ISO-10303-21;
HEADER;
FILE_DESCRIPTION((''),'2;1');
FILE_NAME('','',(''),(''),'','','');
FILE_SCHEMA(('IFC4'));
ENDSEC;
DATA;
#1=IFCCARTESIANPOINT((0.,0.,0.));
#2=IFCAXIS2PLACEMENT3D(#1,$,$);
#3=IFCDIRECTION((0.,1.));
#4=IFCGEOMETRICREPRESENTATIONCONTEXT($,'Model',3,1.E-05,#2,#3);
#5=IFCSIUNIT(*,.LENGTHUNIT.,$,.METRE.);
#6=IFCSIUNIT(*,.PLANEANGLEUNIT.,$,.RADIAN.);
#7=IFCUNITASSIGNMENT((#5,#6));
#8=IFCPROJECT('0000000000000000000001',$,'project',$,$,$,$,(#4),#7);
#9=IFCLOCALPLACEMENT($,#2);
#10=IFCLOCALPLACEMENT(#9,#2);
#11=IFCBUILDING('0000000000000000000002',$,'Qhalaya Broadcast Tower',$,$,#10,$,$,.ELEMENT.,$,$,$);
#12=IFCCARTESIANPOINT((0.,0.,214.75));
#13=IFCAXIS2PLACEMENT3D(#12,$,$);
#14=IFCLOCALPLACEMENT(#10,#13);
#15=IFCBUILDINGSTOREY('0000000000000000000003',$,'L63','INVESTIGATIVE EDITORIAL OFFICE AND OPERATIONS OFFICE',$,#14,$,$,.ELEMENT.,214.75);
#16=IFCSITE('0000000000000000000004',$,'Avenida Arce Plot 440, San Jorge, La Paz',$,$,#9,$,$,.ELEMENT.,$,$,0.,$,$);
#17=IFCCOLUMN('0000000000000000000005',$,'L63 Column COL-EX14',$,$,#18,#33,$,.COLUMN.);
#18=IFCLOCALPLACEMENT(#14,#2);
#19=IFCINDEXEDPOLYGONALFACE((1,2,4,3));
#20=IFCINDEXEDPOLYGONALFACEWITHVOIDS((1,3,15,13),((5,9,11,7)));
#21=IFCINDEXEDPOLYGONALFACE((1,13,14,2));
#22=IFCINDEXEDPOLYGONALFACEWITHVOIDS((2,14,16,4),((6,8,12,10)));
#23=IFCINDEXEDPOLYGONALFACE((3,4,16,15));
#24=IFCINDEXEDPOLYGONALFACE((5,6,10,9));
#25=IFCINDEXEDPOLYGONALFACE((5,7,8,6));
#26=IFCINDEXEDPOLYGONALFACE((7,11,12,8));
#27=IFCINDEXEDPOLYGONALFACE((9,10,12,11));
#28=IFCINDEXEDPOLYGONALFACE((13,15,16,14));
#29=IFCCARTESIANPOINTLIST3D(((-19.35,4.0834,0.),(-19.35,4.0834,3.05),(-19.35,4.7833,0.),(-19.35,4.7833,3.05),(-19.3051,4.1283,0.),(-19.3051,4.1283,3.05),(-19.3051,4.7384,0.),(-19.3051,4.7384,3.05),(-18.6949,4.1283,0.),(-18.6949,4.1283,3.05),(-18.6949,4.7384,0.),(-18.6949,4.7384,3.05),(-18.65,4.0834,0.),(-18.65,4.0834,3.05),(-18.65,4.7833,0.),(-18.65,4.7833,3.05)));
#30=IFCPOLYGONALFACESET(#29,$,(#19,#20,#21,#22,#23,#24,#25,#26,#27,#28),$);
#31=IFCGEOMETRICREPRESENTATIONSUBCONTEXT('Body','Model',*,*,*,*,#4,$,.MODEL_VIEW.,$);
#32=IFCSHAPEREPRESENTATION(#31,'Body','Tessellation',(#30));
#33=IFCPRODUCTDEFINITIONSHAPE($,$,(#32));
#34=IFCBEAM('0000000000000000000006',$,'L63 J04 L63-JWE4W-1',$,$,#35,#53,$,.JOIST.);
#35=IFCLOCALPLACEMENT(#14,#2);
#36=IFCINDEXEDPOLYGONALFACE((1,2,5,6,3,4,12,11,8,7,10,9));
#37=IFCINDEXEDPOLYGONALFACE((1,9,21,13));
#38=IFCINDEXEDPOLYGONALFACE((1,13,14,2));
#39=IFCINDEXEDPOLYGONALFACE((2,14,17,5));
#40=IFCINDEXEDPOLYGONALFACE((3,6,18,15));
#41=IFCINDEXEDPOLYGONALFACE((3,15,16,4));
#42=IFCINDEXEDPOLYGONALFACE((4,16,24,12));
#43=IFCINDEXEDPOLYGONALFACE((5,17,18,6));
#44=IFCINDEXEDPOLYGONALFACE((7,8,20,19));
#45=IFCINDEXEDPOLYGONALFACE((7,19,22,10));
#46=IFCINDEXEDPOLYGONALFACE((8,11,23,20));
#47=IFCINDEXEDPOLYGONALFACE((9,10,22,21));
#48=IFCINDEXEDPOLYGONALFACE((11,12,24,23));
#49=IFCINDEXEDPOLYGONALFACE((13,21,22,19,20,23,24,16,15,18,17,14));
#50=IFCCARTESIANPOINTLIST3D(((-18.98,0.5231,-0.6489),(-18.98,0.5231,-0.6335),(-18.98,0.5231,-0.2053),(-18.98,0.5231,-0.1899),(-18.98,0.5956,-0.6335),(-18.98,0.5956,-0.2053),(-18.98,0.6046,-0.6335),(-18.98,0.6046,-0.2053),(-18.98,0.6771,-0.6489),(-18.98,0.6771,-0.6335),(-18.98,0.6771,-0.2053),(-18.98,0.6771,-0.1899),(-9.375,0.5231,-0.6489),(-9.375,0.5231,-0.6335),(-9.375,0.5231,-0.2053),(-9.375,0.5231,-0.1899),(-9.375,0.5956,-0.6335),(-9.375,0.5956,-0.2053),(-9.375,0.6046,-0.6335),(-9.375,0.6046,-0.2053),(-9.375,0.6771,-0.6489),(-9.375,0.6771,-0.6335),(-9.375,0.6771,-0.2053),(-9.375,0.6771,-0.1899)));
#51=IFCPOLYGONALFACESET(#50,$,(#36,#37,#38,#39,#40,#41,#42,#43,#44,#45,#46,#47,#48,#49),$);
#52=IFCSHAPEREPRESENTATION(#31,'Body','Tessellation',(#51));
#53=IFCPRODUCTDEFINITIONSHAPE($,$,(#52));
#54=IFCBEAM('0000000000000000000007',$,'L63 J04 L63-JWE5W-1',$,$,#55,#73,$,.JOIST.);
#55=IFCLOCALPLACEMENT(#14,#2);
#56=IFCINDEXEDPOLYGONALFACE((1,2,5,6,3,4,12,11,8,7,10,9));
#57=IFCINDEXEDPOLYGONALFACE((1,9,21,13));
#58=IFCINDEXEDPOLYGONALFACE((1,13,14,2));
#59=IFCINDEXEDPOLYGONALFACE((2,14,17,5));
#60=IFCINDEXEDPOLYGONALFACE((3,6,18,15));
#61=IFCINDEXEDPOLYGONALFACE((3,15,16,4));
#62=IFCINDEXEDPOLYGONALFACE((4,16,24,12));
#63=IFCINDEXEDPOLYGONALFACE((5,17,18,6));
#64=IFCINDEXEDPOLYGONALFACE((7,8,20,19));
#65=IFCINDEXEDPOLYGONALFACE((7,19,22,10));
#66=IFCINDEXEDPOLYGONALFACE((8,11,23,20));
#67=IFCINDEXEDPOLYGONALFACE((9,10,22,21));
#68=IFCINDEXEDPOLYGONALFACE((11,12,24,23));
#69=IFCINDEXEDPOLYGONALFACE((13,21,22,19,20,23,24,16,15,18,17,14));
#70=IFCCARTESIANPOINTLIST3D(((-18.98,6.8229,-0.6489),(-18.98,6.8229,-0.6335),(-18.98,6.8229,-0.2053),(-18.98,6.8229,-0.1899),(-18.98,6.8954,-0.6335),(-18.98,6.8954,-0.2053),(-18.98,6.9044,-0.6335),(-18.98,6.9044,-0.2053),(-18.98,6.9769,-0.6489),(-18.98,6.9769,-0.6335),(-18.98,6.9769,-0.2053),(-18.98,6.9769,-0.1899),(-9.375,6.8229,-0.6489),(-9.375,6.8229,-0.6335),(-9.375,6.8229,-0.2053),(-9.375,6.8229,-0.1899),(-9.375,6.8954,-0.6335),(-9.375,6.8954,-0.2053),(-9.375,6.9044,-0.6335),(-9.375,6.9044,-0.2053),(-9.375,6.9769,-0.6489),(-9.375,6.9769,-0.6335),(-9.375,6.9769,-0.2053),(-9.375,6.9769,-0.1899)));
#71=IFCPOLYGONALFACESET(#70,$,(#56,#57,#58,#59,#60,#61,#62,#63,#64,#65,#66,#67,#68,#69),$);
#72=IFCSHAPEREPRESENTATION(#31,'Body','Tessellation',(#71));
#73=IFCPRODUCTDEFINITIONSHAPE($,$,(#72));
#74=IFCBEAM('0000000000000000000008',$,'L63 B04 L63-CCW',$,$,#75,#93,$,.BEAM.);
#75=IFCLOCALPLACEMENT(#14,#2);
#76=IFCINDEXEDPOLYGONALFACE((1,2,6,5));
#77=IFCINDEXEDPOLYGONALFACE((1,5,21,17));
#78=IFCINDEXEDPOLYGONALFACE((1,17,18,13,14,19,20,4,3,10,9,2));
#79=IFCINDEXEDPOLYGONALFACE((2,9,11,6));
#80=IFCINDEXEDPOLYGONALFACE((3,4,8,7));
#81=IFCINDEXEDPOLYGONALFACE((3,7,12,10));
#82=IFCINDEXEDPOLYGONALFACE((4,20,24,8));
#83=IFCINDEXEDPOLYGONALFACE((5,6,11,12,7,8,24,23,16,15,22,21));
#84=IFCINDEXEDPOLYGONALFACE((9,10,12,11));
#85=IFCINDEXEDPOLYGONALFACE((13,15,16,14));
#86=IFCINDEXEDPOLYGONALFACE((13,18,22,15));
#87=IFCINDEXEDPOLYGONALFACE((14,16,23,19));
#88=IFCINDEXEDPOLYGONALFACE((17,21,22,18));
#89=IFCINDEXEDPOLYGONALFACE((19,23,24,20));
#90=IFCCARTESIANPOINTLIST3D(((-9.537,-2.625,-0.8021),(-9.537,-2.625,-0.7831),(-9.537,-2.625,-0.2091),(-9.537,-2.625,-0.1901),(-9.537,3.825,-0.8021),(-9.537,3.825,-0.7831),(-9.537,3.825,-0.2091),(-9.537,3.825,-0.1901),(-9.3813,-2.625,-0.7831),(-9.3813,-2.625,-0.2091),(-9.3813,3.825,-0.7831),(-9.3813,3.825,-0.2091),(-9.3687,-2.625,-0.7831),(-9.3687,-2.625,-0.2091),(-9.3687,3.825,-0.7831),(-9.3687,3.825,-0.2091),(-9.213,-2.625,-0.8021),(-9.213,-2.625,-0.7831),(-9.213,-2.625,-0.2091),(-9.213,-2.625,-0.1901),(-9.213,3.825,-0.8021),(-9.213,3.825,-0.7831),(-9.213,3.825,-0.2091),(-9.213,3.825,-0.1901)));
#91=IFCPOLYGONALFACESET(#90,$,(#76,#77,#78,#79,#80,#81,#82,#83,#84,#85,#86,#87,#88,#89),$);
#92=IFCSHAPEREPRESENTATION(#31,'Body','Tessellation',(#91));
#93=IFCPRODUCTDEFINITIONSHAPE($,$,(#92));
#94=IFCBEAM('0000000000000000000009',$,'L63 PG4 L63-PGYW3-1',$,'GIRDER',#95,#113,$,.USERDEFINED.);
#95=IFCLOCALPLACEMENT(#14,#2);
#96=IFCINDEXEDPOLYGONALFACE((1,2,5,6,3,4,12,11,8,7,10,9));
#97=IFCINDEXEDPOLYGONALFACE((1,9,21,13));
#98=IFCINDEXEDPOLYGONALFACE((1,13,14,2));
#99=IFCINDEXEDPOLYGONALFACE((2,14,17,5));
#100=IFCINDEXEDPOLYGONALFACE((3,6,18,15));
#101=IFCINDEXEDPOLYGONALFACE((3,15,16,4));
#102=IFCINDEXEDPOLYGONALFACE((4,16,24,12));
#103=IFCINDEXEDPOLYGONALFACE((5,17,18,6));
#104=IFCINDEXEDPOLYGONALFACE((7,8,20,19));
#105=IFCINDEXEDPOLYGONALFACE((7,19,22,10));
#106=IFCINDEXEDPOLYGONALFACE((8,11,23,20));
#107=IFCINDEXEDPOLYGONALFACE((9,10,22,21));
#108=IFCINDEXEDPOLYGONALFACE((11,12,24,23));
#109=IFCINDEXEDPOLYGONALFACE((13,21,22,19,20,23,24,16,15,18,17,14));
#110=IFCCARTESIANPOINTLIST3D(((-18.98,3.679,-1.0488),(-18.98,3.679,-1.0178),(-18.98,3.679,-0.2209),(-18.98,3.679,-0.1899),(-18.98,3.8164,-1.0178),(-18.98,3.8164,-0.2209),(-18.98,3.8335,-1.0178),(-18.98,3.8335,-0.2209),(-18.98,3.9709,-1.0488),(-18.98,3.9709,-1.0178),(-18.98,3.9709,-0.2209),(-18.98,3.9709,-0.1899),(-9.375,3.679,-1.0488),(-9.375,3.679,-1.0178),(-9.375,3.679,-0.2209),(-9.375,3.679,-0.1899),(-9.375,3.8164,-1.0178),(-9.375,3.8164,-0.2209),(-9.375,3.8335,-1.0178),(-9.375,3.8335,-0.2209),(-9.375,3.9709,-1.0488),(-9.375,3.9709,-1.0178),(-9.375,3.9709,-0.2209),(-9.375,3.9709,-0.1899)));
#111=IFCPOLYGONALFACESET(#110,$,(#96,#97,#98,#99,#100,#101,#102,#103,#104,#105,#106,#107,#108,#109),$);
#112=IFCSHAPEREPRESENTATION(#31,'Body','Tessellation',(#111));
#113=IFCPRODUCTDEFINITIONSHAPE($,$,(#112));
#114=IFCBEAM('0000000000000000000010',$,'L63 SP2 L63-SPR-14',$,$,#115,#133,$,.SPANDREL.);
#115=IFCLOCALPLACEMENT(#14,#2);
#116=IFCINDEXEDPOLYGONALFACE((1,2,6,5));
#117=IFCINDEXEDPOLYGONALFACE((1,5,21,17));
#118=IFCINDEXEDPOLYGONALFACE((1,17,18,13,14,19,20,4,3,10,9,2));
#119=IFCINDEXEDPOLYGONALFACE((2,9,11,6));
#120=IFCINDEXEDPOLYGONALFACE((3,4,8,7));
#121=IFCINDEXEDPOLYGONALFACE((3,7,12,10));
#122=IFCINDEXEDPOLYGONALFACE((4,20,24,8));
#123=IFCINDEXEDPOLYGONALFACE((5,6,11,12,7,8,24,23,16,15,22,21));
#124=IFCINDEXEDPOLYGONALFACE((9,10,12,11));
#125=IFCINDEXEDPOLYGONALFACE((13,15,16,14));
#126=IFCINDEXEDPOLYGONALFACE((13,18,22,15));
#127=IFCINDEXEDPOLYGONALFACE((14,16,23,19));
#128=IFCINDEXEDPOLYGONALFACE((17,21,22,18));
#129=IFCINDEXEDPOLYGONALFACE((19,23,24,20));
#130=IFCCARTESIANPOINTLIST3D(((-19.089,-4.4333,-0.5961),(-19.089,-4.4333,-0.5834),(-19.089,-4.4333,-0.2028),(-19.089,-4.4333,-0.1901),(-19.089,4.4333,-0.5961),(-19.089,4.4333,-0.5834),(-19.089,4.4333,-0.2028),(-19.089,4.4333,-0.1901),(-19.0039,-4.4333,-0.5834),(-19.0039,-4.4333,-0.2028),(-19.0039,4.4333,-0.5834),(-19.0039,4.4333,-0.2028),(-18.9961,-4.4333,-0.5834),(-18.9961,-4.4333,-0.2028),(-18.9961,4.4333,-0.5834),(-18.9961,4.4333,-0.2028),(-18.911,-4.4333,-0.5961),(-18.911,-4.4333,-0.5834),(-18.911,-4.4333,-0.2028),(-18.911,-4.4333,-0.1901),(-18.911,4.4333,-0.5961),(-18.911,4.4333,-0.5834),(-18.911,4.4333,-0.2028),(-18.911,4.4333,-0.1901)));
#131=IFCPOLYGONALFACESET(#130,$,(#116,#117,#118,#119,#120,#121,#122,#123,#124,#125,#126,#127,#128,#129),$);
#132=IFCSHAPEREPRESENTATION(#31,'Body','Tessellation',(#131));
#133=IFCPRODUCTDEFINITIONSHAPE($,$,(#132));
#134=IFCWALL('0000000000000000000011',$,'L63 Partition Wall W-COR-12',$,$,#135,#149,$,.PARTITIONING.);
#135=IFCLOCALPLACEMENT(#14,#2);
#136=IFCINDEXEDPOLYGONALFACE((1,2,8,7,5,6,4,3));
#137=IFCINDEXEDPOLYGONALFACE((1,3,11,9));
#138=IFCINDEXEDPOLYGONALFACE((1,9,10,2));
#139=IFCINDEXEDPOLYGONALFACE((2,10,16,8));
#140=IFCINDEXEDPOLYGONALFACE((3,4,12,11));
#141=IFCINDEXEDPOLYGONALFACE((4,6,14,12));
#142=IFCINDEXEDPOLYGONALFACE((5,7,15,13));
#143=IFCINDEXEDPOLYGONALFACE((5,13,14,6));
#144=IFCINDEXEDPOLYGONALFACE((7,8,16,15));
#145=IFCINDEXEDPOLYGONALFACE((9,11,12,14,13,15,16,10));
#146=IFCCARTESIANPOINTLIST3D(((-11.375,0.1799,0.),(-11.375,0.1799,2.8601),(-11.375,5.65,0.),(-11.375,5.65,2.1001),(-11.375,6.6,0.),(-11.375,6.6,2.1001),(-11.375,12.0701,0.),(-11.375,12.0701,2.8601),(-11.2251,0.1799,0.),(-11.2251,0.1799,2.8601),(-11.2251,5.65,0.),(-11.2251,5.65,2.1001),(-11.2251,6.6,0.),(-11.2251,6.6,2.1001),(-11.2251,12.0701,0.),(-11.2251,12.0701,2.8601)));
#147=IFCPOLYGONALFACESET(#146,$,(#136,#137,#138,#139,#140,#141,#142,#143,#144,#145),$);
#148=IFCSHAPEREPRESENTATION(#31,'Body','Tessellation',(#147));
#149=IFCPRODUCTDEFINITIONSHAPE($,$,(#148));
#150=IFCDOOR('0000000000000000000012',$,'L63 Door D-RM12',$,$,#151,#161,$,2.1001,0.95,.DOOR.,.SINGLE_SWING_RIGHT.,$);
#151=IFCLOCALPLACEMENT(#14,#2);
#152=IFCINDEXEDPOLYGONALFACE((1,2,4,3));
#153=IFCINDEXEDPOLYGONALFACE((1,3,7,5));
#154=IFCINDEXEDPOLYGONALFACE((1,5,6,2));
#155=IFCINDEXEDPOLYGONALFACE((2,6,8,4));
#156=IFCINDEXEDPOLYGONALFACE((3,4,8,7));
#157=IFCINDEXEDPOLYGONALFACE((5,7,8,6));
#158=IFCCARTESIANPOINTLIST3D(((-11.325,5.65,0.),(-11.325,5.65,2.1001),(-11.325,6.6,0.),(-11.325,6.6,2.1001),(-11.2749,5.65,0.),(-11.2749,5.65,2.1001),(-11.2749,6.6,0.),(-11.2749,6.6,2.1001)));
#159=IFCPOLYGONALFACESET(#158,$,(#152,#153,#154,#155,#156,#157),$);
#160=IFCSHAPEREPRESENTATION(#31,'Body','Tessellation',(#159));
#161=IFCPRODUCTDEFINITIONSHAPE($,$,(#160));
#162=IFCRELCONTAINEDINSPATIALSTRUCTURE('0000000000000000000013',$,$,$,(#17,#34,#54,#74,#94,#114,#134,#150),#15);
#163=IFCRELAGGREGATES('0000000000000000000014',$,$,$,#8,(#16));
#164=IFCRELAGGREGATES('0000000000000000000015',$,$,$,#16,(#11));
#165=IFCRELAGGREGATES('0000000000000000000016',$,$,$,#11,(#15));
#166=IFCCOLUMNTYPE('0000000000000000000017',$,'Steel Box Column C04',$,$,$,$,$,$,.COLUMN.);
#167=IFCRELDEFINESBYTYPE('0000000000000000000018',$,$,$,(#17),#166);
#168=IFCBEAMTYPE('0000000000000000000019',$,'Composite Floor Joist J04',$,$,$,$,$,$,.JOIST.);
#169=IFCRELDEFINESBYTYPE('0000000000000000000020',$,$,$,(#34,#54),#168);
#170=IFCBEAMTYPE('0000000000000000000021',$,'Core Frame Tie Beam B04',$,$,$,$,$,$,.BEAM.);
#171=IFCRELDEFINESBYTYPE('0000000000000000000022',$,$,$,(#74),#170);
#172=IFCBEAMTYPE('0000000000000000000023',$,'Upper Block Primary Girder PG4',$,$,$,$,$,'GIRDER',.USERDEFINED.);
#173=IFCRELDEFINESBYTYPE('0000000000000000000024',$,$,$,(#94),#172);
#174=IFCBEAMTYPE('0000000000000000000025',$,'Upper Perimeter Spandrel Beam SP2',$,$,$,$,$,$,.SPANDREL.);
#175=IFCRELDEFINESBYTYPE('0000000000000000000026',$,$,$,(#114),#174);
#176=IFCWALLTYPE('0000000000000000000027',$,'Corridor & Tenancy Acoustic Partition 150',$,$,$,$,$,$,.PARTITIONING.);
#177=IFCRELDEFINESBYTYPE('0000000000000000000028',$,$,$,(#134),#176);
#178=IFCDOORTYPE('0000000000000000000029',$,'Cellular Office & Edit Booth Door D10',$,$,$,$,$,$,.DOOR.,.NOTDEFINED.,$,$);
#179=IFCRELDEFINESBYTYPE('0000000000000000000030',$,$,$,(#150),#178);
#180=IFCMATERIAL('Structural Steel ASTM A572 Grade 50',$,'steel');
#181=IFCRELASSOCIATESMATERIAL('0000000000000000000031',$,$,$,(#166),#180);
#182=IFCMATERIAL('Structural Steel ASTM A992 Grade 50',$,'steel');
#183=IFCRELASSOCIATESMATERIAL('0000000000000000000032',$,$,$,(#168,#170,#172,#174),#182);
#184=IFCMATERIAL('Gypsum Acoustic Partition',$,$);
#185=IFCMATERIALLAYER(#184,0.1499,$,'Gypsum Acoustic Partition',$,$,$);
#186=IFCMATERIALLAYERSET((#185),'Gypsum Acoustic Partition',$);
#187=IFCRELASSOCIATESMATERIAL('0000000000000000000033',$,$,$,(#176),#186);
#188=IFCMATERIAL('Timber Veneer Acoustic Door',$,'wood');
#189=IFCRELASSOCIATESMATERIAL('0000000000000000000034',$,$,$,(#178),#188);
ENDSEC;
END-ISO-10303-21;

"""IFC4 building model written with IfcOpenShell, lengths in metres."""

from ifc_helpers import new_model, si_unit, direction, frame, frame_2d, origin, origin_2d, place, context, subcontext, project, spatial, rectangle, hollow_rectangle, i_section, extrude, material, layer, layer_set, material_profile, profile_set, type_object, element, fill, save


model = new_model("IFC4")

# Units and contexts
model_context = context("Model", 3, precision=1e-05, world=origin(), true_north=direction((0.0, 1.0)))
body_context = subcontext(model_context, "Body", "Model", "MODEL_VIEW")
ifc_project = project(units=[si_unit("LENGTHUNIT", "METRE"), si_unit("PLANEANGLEUNIT", "RADIAN")], contexts=[model_context])

# Site, building, storey
site_placement = place(None, origin())
site = spatial("IfcSite", under=ifc_project, at=site_placement, Name="Avenida Arce Plot 440, San Jorge, La Paz", CompositionType="ELEMENT", RefElevation=0.0)
building_placement = place(site_placement, origin())
building = spatial("IfcBuilding", under=site, at=building_placement, Name="Qhalaya Broadcast Tower", CompositionType="ELEMENT")
storey_placement = place(building_placement, frame((0.0, 0.0, 214.75)))
storey = spatial("IfcBuildingStorey", under=building, at=storey_placement, Name="L63", Description="INVESTIGATIVE EDITORIAL OFFICE AND OPERATIONS OFFICE", CompositionType="ELEMENT", Elevation=214.75)

# Column
ifc_material_1 = material(Name="Structural Steel ASTM A572 Grade 50", Category="steel")
ifc_material_profile_1 = material_profile(ifc_material_1, hollow_rectangle(XDim=0.7, YDim=0.7, WallThickness=0.0449, at=origin_2d()), Name="BOX 700x700x45")
ifc_profile_set_1 = profile_set([ifc_material_profile_1], Name="Structural Steel ASTM A572 Grade 50")
column_type = type_object("IfcColumnType", Name="Steel Box Column C04", PredefinedType="COLUMN", material=ifc_profile_set_1)
column_placement = place(storey_placement, frame((-19.0, 4.4333, 0.0), z_axis=(0.0, 0.0, 1.0), x_axis=(0.0, 1.0, 0.0)))
element("IfcColumn", 1, at=column_placement, inside=storey, type_object=column_type, Name="L63 Column COL-EX14", PredefinedType="COLUMN", context=body_context, shape_type="SweptSolid", body=[
    extrude(hollow_rectangle(XDim=0.7, YDim=0.7, WallThickness=0.0449, at=origin_2d()), origin(), (0.0, 0.0, 1.0), 3.05),
])

# Beams
ifc_material_2 = material(Name="Structural Steel ASTM A992 Grade 50", Category="steel")
ifc_material_profile_2 = material_profile(ifc_material_2, i_section(OverallWidth=0.1541, OverallDepth=0.459, WebThickness=0.009, FlangeThickness=0.0154, at=origin_2d()), Name="W18X46")
ifc_profile_set_2 = profile_set([ifc_material_profile_2], Name="Structural Steel ASTM A992 Grade 50")
beam_type_1 = type_object("IfcBeamType", Name="Composite Floor Joist J04", PredefinedType="JOIST", material=ifc_profile_set_2)
for number, where, z_axis, x_axis, name in (
    (2, (-18.98, 0.6001, -0.4194), (1.0, 0.0, 0.0), (0.0, 1.0, 0.0), "L63 J04 L63-JWE4W-1"),
    (3, (-18.98, 6.8999, -0.4194), (1.0, 0.0, 0.0), (0.0, 1.0, 0.0), "L63 J04 L63-JWE5W-1"),
):
    element("IfcBeam", number, at=place(storey_placement, frame(where, z_axis=z_axis, x_axis=x_axis)), inside=storey, type_object=beam_type_1, Name=name, PredefinedType="JOIST", context=body_context, shape_type="SweptSolid", body=[
        extrude(i_section(OverallWidth=0.1541, OverallDepth=0.459, WebThickness=0.009, FlangeThickness=0.0154, at=origin_2d()), origin(), (0.0, 0.0, 1.0), 9.605),
    ])
ifc_material_profile_3 = material_profile(ifc_material_2, i_section(OverallWidth=0.324, OverallDepth=0.6121, WebThickness=0.0127, FlangeThickness=0.019, at=origin_2d()), Name="W24X104")
ifc_profile_set_3 = profile_set([ifc_material_profile_3], Name="Structural Steel ASTM A992 Grade 50")
beam_type_2 = type_object("IfcBeamType", Name="Core Frame Tie Beam B04", PredefinedType="BEAM", material=ifc_profile_set_3)
beam_1_placement = place(storey_placement, frame((-9.375, -2.625, -0.4961), z_axis=(0.0, 1.0, 0.0), x_axis=(-1.0, 0.0, 0.0)))
element("IfcBeam", 4, at=beam_1_placement, inside=storey, type_object=beam_type_2, Name="L63 B04 L63-CCW", PredefinedType="BEAM", context=body_context, shape_type="SweptSolid", body=[
    extrude(i_section(OverallWidth=0.324, OverallDepth=0.6121, WebThickness=0.0127, FlangeThickness=0.019, at=origin_2d()), origin(), (0.0, 0.0, 1.0), 6.45),
])
ifc_material_profile_4 = material_profile(ifc_material_2, i_section(OverallWidth=0.292, OverallDepth=0.8589, WebThickness=0.0171, FlangeThickness=0.031, at=origin_2d()), Name="W33X169")
ifc_profile_set_4 = profile_set([ifc_material_profile_4], Name="Structural Steel ASTM A992 Grade 50")
beam_type_3 = type_object("IfcBeamType", Name="Upper Block Primary Girder PG4", ElementType="GIRDER", PredefinedType="USERDEFINED", material=ifc_profile_set_4)
beam_2_placement = place(storey_placement, frame((-18.98, 3.825, -0.6194), z_axis=(1.0, 0.0, 0.0), x_axis=(0.0, 1.0, 0.0)))
element("IfcBeam", 5, at=beam_2_placement, inside=storey, type_object=beam_type_3, Name="L63 PG4 L63-PGYW3-1", ObjectType="GIRDER", PredefinedType="USERDEFINED", context=body_context, shape_type="SweptSolid", body=[
    extrude(i_section(OverallWidth=0.292, OverallDepth=0.8589, WebThickness=0.0171, FlangeThickness=0.031, at=origin_2d()), origin(), (0.0, 0.0, 1.0), 9.605),
])
ifc_material_profile_5 = material_profile(ifc_material_2, i_section(OverallWidth=0.178, OverallDepth=0.406, WebThickness=0.0078, FlangeThickness=0.0127, at=origin_2d()), Name="W16X40")
ifc_profile_set_5 = profile_set([ifc_material_profile_5], Name="Structural Steel ASTM A992 Grade 50")
beam_type_4 = type_object("IfcBeamType", Name="Upper Perimeter Spandrel Beam SP2", PredefinedType="SPANDREL", material=ifc_profile_set_5)
beam_3_placement = place(storey_placement, frame((-19.0, 4.4333, -0.3931), z_axis=(0.0, -1.0, 0.0), x_axis=(1.0, 0.0, 0.0)))
element("IfcBeam", 6, at=beam_3_placement, inside=storey, type_object=beam_type_4, Name="L63 SP2 L63-SPR-14", PredefinedType="SPANDREL", context=body_context, shape_type="SweptSolid", body=[
    extrude(i_section(OverallWidth=0.178, OverallDepth=0.406, WebThickness=0.0078, FlangeThickness=0.0127, at=origin_2d()), origin(), (0.0, 0.0, 1.0), 8.8667),
])

# Wall, opening, door
ifc_material_3 = material(Name="Gypsum Acoustic Partition")
ifc_layer_1 = layer(ifc_material_3, 0.1499, Name="Gypsum Acoustic Partition")
ifc_layer_set_1 = layer_set([ifc_layer_1], Name="Gypsum Acoustic Partition")
wall_type_1 = type_object("IfcWallType", Name="Corridor & Tenancy Acoustic Partition 150", PredefinedType="PARTITIONING", material=ifc_layer_set_1)
wall_1_placement = place(storey_placement, frame((-11.3, 0.1799, 0.0), z_axis=(0.0, 0.0, 1.0), x_axis=(0.0, 1.0, 0.0)))
wall_1 = element("IfcWall", 7, at=wall_1_placement, inside=storey, type_object=wall_type_1, Name="L63 Partition Wall W-COR-12", PredefinedType="PARTITIONING", context=body_context, shape_type="SweptSolid", body=[
    extrude(rectangle(XDim=11.8901, YDim=0.1499, at=frame_2d((5.9451, 0.0))), origin(), (0.0, 0.0, 1.0), 2.8601),
])
opening_1_placement = place(wall_1_placement, frame((5.47, 0.0, 0.0)))
opening_1 = element("IfcOpeningElement", 8, at=opening_1_placement, cuts=wall_1, PredefinedType="OPENING", context=body_context, shape_type="SweptSolid", body=[
    extrude(rectangle(XDim=0.95, YDim=2.1001, at=frame_2d((0.4751, 1.05))), frame((0.0, 0.0869, 0.0), z_axis=(0.0, -1.0, 0.0), x_axis=(1.0, 0.0, 0.0)), (0.0, 0.0, 1.0), 0.1738),
])
ifc_material_4 = material(Name="Timber Veneer Acoustic Door", Category="wood")
door_type_1 = type_object("IfcDoorType", Name="Cellular Office & Edit Booth Door D10", OperationType="NOTDEFINED", PredefinedType="DOOR", material=ifc_material_4)
door_1_placement = place(opening_1_placement, origin())
door_1 = element("IfcDoor", 9, at=door_1_placement, inside=storey, type_object=door_type_1, Name="L63 Door D-RM12", OperationType="SINGLE_SWING_RIGHT", OverallHeight=2.1001, OverallWidth=0.95, PredefinedType="DOOR", context=body_context, shape_type="SweptSolid", body=[
    extrude(rectangle(XDim=0.95, YDim=2.1001, at=frame_2d((0.4751, 1.05))), frame((0.0, 0.0249, 0.0), z_axis=(0.0, -1.0, 0.0), x_axis=(1.0, 0.0, 0.0)), (0.0, 0.0, 1.0), 0.05),
])
fill(opening_1, door_1)

save(model, "model.ifc")
